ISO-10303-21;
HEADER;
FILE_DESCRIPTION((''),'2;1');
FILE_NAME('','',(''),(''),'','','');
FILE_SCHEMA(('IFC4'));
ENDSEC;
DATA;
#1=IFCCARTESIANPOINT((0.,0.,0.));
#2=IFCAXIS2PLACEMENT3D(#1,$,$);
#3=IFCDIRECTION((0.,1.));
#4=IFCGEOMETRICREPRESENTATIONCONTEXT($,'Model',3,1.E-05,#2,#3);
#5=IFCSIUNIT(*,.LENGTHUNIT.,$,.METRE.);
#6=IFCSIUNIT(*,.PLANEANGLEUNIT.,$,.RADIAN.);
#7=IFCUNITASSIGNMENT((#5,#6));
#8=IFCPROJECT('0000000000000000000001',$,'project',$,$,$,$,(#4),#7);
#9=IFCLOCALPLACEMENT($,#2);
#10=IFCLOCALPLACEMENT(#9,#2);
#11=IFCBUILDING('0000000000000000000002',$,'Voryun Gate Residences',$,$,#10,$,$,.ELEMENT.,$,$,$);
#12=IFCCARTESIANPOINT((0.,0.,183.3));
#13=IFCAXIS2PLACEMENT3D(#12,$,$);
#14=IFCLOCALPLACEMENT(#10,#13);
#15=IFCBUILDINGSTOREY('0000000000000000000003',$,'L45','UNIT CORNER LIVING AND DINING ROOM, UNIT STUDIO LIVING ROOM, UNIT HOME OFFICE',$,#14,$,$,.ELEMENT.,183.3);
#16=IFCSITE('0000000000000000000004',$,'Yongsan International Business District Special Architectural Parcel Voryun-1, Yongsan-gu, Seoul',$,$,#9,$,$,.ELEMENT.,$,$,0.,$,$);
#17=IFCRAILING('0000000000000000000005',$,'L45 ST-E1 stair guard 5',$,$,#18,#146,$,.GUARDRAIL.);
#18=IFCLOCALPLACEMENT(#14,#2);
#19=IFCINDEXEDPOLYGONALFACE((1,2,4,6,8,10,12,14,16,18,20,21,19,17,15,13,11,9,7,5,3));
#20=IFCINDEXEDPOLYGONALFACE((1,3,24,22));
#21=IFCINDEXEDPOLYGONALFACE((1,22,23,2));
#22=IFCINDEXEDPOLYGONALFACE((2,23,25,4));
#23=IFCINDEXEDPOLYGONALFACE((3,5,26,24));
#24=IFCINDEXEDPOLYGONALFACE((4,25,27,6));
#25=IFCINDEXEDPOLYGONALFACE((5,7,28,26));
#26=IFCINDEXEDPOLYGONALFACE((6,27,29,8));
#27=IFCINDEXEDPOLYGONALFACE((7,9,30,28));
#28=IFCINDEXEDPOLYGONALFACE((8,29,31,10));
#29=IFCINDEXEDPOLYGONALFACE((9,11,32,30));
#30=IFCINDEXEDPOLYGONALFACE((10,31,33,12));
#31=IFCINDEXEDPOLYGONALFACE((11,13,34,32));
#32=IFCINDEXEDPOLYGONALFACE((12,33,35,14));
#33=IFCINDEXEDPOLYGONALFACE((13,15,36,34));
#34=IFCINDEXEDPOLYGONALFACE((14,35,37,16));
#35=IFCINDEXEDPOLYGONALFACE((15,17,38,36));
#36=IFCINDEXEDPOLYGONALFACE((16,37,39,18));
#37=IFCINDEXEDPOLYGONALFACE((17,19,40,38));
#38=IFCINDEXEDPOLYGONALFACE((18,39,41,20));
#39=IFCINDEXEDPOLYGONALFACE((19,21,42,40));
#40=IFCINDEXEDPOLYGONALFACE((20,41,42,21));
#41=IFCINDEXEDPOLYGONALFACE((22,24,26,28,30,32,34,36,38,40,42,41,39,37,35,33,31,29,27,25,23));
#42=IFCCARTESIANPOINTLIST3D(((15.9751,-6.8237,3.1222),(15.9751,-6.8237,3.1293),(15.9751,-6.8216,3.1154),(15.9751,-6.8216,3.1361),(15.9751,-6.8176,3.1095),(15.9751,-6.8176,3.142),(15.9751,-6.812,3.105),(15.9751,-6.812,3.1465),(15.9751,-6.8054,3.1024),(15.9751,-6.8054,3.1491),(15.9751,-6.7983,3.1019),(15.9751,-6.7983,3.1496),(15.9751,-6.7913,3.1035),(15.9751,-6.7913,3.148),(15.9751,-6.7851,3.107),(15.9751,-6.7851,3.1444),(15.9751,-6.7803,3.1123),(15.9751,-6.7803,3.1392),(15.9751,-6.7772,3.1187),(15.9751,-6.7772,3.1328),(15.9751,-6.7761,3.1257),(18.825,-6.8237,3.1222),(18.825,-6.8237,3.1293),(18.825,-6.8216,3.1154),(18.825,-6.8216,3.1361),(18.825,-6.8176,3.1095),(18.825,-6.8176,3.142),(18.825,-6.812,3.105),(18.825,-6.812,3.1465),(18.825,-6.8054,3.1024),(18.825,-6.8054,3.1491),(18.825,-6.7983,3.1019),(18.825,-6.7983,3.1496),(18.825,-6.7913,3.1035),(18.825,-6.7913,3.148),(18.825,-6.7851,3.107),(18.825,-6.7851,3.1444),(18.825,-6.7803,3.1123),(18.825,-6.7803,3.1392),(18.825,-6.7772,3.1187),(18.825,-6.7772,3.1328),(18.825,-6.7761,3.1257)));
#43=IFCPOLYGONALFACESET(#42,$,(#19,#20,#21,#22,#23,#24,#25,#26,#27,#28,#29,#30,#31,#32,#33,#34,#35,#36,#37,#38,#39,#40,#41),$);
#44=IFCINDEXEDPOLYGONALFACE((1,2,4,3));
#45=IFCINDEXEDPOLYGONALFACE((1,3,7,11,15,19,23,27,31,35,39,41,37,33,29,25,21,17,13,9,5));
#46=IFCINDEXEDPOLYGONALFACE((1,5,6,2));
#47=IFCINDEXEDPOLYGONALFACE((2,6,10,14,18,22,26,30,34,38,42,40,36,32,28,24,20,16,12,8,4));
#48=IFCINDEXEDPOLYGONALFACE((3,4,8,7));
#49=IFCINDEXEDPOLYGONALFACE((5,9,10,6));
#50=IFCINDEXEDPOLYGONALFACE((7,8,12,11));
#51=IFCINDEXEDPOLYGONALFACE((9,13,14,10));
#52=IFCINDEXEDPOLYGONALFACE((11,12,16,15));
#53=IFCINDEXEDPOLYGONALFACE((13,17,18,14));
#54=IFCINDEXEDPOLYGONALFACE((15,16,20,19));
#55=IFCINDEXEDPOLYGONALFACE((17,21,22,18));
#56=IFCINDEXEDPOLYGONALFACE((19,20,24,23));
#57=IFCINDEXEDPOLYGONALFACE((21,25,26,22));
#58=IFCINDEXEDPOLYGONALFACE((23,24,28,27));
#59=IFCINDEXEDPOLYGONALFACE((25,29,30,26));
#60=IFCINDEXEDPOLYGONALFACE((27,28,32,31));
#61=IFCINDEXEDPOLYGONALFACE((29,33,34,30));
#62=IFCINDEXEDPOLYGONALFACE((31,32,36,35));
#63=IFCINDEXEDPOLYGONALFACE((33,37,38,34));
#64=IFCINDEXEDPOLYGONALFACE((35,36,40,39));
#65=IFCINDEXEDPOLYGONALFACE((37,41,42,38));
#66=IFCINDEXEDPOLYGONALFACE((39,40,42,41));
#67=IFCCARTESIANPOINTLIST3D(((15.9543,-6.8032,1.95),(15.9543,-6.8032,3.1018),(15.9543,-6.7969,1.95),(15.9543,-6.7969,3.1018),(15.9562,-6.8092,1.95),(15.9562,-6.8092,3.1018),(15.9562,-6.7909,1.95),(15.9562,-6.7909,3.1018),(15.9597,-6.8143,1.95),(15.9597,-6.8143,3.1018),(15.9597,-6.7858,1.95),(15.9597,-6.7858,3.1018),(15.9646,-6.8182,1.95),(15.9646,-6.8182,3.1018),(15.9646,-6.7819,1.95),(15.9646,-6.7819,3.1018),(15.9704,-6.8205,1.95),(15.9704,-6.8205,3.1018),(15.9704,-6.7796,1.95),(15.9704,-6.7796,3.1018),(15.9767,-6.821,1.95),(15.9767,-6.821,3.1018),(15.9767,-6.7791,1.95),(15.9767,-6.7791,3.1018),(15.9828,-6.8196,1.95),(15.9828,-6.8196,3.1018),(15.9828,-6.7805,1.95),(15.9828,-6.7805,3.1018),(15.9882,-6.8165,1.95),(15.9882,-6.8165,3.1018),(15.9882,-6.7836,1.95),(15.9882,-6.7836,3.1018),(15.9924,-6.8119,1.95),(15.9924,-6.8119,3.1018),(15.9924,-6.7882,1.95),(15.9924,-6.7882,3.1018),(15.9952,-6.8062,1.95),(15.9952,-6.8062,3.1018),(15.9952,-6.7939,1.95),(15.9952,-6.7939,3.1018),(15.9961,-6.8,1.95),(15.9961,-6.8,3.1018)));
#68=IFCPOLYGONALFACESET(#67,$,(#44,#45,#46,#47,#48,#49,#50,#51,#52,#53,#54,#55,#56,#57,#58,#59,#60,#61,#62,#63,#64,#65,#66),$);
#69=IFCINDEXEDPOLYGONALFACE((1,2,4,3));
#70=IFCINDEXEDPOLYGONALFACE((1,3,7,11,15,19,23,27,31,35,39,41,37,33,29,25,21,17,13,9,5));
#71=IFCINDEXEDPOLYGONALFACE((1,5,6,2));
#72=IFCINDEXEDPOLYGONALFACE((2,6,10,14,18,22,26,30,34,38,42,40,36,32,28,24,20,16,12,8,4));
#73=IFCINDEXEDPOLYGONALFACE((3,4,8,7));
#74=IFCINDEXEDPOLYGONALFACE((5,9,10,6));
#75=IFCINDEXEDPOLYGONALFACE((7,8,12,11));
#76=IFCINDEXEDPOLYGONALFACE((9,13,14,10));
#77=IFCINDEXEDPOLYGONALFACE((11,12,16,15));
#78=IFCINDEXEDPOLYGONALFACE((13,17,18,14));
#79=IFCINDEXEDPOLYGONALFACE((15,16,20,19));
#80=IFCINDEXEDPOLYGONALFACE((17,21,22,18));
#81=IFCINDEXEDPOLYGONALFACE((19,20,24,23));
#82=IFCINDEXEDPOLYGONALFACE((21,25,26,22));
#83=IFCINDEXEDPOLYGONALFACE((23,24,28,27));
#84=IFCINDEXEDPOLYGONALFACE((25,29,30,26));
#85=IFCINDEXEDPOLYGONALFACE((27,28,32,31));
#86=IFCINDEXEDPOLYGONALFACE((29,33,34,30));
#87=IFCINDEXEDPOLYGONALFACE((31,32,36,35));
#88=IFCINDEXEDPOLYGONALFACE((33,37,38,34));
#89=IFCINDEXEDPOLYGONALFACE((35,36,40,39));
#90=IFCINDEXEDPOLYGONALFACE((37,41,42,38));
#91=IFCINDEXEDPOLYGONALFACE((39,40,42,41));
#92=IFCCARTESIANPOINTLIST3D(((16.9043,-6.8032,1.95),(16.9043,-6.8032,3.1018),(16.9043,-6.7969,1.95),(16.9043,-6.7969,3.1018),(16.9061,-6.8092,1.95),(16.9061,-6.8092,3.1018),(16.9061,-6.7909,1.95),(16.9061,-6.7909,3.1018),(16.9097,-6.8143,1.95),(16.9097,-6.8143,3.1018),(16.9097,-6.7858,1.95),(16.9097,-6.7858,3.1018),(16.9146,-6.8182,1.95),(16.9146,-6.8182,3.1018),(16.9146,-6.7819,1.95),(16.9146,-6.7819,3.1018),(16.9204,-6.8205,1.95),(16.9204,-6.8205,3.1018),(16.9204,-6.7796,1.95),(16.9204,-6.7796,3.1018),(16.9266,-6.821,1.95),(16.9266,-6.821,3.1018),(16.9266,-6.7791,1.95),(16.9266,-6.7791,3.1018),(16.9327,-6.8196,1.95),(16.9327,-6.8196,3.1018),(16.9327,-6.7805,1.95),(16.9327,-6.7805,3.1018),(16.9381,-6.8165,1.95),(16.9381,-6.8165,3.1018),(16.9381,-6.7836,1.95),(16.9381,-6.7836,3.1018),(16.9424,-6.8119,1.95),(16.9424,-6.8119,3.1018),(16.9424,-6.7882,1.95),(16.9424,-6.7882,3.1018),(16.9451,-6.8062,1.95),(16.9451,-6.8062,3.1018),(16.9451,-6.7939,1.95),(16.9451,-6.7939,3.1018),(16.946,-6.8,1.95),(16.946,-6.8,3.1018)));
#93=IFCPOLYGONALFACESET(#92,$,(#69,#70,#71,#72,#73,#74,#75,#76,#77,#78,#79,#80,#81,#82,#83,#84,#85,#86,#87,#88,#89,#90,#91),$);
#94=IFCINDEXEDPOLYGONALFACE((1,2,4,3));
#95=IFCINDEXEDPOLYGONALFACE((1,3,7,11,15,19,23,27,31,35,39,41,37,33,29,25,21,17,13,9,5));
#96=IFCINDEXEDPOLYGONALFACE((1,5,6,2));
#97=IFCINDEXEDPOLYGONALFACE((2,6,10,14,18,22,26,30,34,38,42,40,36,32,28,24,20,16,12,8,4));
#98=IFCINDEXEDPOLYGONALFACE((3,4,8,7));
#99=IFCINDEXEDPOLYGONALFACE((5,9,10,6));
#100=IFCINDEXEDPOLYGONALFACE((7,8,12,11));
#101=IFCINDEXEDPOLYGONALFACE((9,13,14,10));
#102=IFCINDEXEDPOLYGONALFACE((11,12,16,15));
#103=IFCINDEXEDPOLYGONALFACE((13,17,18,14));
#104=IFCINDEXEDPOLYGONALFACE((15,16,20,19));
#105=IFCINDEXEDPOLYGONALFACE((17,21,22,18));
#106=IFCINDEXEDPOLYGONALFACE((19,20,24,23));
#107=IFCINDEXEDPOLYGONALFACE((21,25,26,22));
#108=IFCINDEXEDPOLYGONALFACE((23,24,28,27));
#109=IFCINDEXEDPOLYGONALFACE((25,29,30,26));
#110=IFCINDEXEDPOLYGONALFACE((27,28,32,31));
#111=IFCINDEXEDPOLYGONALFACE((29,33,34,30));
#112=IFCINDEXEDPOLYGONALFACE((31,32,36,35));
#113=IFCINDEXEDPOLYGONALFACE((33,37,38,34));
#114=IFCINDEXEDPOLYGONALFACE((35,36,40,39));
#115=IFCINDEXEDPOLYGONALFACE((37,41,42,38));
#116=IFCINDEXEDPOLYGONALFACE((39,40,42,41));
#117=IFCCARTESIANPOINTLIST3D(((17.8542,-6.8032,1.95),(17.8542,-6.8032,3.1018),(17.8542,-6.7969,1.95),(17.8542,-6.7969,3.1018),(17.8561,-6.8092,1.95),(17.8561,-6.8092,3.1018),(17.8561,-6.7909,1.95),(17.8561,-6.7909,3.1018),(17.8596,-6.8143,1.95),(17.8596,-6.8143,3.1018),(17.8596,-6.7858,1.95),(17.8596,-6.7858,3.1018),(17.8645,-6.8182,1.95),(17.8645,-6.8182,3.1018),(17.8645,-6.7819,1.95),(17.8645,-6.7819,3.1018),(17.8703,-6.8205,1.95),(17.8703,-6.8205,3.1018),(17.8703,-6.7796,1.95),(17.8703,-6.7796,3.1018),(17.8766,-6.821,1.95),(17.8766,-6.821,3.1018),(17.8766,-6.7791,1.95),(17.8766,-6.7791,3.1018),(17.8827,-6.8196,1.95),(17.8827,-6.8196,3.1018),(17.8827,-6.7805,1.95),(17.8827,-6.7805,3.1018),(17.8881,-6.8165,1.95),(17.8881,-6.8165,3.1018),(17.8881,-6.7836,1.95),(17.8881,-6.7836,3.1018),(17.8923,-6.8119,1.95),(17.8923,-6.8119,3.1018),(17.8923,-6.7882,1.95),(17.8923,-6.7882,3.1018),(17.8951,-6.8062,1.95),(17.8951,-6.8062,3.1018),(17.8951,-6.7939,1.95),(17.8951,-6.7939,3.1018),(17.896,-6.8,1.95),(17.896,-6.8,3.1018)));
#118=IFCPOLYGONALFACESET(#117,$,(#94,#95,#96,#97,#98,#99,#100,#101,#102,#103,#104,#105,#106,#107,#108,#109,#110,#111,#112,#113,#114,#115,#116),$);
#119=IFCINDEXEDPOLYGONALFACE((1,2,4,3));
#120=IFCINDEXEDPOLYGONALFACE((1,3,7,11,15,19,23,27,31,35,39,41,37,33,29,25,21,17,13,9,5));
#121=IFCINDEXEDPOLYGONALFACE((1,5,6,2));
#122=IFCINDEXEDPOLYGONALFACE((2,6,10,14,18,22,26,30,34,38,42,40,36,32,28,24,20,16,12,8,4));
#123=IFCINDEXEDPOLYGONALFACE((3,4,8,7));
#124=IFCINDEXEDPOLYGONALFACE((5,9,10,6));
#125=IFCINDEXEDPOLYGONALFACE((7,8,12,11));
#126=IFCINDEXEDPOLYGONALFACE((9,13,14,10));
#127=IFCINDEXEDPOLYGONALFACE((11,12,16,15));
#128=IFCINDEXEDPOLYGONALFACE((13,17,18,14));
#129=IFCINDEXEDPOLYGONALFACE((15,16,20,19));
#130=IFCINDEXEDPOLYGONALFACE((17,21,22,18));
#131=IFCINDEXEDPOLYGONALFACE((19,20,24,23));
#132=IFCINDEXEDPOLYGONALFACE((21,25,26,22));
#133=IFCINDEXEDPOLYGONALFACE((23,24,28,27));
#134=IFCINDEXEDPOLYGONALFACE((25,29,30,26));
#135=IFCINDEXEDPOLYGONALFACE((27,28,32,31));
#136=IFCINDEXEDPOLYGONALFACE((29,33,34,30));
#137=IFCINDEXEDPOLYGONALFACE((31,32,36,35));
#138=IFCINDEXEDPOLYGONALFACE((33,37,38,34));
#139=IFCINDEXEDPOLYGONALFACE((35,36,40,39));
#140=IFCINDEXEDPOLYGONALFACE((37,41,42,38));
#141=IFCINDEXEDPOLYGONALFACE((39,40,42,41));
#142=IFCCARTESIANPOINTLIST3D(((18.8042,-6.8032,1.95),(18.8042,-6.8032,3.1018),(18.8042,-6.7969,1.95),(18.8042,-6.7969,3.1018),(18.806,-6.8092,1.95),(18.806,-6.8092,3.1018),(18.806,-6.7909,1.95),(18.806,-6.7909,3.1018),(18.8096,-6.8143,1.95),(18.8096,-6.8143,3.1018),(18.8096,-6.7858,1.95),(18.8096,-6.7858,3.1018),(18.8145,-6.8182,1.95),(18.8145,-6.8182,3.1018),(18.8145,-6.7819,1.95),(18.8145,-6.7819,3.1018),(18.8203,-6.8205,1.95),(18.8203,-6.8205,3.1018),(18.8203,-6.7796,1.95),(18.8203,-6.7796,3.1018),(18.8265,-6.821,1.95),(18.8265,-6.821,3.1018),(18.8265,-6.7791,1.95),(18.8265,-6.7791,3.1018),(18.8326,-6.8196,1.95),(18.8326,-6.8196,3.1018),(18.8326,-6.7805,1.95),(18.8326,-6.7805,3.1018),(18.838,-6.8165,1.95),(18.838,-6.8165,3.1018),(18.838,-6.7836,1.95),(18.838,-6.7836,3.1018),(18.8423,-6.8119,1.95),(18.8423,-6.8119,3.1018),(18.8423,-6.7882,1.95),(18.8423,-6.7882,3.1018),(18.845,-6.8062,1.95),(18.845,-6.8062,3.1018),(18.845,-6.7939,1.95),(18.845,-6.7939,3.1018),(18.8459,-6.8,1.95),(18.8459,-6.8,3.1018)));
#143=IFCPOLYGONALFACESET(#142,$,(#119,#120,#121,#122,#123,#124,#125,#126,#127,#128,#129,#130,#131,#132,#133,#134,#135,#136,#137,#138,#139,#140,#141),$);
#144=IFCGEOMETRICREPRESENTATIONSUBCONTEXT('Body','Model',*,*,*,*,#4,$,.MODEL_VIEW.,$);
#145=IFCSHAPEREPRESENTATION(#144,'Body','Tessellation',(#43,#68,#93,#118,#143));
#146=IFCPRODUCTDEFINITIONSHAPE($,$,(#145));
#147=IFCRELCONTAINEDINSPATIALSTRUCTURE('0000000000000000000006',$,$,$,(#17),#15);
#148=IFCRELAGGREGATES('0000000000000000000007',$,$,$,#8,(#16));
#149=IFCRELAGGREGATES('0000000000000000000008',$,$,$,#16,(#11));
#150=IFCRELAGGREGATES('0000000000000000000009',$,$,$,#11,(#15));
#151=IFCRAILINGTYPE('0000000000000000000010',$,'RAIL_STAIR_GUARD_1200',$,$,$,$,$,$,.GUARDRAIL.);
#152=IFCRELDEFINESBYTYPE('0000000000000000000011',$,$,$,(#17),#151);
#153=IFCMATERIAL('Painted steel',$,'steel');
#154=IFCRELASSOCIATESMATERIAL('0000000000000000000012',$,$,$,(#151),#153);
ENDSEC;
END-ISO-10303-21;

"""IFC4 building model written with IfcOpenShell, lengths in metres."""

from ifc_helpers import new_model, si_unit, direction, frame, origin, origin_2d, place, context, subcontext, project, spatial, circle, extrude, material, type_object, element, save


model = new_model("IFC4")

# Units and contexts
model_context = context("Model", 3, precision=1e-05, world=origin(), true_north=direction((0.0, 1.0)))
body_context = subcontext(model_context, "Body", "Model", "MODEL_VIEW")
ifc_project = project(units=[si_unit("LENGTHUNIT", "METRE"), si_unit("PLANEANGLEUNIT", "RADIAN")], contexts=[model_context])

# Site, building, storey
site_placement = place(None, origin())
site = spatial("IfcSite", under=ifc_project, at=site_placement, Name="Yongsan International Business District Special Architectural Parcel Voryun-1, Yongsan-gu, Seoul", CompositionType="ELEMENT", RefElevation=0.0)
building_placement = place(site_placement, origin())
building = spatial("IfcBuilding", under=site, at=building_placement, Name="Voryun Gate Residences", CompositionType="ELEMENT")
storey_placement = place(building_placement, frame((0.0, 0.0, 183.3)))
storey = spatial("IfcBuildingStorey", under=building, at=storey_placement, Name="L45", Description="UNIT CORNER LIVING AND DINING ROOM, UNIT STUDIO LIVING ROOM, UNIT HOME OFFICE", CompositionType="ELEMENT", Elevation=183.3)

# Railing
ifc_material_1 = material(Name="Painted steel", Category="steel")
railing_type_1 = type_object("IfcRailingType", Name="RAIL_STAIR_GUARD_1200", PredefinedType="GUARDRAIL", material=ifc_material_1)
railing_1_placement = place(storey_placement, frame((15.9751, -6.8, 1.95)))
element("IfcRailing", 1, at=railing_1_placement, inside=storey, type_object=railing_type_1, Name="L45 ST-E1 stair guard 5", PredefinedType="GUARDRAIL", context=body_context, shape_type="SweptSolid", body=[
    extrude(circle(Radius=0.0239, at=origin_2d()), frame((0.0, 0.0, 1.1758), z_axis=(1.0, 0.0, 0.0), x_axis=(0.0, 1.0, 0.0)), (0.0, 0.0, 1.0), 2.8499),
    extrude(circle(Radius=0.021, at=origin_2d()), origin(), (0.0, 0.0, 1.0), 1.1519),
    extrude(circle(Radius=0.021, at=origin_2d()), frame((0.95, 0.0, 0.0)), (0.0, 0.0, 1.0), 1.1519),
    extrude(circle(Radius=0.021, at=origin_2d()), frame((1.8999, 0.0, 0.0)), (0.0, 0.0, 1.0), 1.1519),
    extrude(circle(Radius=0.021, at=origin_2d()), frame((2.8499, 0.0, 0.0)), (0.0, 0.0, 1.0), 1.1519),
])

save(model, "model.ifc")
